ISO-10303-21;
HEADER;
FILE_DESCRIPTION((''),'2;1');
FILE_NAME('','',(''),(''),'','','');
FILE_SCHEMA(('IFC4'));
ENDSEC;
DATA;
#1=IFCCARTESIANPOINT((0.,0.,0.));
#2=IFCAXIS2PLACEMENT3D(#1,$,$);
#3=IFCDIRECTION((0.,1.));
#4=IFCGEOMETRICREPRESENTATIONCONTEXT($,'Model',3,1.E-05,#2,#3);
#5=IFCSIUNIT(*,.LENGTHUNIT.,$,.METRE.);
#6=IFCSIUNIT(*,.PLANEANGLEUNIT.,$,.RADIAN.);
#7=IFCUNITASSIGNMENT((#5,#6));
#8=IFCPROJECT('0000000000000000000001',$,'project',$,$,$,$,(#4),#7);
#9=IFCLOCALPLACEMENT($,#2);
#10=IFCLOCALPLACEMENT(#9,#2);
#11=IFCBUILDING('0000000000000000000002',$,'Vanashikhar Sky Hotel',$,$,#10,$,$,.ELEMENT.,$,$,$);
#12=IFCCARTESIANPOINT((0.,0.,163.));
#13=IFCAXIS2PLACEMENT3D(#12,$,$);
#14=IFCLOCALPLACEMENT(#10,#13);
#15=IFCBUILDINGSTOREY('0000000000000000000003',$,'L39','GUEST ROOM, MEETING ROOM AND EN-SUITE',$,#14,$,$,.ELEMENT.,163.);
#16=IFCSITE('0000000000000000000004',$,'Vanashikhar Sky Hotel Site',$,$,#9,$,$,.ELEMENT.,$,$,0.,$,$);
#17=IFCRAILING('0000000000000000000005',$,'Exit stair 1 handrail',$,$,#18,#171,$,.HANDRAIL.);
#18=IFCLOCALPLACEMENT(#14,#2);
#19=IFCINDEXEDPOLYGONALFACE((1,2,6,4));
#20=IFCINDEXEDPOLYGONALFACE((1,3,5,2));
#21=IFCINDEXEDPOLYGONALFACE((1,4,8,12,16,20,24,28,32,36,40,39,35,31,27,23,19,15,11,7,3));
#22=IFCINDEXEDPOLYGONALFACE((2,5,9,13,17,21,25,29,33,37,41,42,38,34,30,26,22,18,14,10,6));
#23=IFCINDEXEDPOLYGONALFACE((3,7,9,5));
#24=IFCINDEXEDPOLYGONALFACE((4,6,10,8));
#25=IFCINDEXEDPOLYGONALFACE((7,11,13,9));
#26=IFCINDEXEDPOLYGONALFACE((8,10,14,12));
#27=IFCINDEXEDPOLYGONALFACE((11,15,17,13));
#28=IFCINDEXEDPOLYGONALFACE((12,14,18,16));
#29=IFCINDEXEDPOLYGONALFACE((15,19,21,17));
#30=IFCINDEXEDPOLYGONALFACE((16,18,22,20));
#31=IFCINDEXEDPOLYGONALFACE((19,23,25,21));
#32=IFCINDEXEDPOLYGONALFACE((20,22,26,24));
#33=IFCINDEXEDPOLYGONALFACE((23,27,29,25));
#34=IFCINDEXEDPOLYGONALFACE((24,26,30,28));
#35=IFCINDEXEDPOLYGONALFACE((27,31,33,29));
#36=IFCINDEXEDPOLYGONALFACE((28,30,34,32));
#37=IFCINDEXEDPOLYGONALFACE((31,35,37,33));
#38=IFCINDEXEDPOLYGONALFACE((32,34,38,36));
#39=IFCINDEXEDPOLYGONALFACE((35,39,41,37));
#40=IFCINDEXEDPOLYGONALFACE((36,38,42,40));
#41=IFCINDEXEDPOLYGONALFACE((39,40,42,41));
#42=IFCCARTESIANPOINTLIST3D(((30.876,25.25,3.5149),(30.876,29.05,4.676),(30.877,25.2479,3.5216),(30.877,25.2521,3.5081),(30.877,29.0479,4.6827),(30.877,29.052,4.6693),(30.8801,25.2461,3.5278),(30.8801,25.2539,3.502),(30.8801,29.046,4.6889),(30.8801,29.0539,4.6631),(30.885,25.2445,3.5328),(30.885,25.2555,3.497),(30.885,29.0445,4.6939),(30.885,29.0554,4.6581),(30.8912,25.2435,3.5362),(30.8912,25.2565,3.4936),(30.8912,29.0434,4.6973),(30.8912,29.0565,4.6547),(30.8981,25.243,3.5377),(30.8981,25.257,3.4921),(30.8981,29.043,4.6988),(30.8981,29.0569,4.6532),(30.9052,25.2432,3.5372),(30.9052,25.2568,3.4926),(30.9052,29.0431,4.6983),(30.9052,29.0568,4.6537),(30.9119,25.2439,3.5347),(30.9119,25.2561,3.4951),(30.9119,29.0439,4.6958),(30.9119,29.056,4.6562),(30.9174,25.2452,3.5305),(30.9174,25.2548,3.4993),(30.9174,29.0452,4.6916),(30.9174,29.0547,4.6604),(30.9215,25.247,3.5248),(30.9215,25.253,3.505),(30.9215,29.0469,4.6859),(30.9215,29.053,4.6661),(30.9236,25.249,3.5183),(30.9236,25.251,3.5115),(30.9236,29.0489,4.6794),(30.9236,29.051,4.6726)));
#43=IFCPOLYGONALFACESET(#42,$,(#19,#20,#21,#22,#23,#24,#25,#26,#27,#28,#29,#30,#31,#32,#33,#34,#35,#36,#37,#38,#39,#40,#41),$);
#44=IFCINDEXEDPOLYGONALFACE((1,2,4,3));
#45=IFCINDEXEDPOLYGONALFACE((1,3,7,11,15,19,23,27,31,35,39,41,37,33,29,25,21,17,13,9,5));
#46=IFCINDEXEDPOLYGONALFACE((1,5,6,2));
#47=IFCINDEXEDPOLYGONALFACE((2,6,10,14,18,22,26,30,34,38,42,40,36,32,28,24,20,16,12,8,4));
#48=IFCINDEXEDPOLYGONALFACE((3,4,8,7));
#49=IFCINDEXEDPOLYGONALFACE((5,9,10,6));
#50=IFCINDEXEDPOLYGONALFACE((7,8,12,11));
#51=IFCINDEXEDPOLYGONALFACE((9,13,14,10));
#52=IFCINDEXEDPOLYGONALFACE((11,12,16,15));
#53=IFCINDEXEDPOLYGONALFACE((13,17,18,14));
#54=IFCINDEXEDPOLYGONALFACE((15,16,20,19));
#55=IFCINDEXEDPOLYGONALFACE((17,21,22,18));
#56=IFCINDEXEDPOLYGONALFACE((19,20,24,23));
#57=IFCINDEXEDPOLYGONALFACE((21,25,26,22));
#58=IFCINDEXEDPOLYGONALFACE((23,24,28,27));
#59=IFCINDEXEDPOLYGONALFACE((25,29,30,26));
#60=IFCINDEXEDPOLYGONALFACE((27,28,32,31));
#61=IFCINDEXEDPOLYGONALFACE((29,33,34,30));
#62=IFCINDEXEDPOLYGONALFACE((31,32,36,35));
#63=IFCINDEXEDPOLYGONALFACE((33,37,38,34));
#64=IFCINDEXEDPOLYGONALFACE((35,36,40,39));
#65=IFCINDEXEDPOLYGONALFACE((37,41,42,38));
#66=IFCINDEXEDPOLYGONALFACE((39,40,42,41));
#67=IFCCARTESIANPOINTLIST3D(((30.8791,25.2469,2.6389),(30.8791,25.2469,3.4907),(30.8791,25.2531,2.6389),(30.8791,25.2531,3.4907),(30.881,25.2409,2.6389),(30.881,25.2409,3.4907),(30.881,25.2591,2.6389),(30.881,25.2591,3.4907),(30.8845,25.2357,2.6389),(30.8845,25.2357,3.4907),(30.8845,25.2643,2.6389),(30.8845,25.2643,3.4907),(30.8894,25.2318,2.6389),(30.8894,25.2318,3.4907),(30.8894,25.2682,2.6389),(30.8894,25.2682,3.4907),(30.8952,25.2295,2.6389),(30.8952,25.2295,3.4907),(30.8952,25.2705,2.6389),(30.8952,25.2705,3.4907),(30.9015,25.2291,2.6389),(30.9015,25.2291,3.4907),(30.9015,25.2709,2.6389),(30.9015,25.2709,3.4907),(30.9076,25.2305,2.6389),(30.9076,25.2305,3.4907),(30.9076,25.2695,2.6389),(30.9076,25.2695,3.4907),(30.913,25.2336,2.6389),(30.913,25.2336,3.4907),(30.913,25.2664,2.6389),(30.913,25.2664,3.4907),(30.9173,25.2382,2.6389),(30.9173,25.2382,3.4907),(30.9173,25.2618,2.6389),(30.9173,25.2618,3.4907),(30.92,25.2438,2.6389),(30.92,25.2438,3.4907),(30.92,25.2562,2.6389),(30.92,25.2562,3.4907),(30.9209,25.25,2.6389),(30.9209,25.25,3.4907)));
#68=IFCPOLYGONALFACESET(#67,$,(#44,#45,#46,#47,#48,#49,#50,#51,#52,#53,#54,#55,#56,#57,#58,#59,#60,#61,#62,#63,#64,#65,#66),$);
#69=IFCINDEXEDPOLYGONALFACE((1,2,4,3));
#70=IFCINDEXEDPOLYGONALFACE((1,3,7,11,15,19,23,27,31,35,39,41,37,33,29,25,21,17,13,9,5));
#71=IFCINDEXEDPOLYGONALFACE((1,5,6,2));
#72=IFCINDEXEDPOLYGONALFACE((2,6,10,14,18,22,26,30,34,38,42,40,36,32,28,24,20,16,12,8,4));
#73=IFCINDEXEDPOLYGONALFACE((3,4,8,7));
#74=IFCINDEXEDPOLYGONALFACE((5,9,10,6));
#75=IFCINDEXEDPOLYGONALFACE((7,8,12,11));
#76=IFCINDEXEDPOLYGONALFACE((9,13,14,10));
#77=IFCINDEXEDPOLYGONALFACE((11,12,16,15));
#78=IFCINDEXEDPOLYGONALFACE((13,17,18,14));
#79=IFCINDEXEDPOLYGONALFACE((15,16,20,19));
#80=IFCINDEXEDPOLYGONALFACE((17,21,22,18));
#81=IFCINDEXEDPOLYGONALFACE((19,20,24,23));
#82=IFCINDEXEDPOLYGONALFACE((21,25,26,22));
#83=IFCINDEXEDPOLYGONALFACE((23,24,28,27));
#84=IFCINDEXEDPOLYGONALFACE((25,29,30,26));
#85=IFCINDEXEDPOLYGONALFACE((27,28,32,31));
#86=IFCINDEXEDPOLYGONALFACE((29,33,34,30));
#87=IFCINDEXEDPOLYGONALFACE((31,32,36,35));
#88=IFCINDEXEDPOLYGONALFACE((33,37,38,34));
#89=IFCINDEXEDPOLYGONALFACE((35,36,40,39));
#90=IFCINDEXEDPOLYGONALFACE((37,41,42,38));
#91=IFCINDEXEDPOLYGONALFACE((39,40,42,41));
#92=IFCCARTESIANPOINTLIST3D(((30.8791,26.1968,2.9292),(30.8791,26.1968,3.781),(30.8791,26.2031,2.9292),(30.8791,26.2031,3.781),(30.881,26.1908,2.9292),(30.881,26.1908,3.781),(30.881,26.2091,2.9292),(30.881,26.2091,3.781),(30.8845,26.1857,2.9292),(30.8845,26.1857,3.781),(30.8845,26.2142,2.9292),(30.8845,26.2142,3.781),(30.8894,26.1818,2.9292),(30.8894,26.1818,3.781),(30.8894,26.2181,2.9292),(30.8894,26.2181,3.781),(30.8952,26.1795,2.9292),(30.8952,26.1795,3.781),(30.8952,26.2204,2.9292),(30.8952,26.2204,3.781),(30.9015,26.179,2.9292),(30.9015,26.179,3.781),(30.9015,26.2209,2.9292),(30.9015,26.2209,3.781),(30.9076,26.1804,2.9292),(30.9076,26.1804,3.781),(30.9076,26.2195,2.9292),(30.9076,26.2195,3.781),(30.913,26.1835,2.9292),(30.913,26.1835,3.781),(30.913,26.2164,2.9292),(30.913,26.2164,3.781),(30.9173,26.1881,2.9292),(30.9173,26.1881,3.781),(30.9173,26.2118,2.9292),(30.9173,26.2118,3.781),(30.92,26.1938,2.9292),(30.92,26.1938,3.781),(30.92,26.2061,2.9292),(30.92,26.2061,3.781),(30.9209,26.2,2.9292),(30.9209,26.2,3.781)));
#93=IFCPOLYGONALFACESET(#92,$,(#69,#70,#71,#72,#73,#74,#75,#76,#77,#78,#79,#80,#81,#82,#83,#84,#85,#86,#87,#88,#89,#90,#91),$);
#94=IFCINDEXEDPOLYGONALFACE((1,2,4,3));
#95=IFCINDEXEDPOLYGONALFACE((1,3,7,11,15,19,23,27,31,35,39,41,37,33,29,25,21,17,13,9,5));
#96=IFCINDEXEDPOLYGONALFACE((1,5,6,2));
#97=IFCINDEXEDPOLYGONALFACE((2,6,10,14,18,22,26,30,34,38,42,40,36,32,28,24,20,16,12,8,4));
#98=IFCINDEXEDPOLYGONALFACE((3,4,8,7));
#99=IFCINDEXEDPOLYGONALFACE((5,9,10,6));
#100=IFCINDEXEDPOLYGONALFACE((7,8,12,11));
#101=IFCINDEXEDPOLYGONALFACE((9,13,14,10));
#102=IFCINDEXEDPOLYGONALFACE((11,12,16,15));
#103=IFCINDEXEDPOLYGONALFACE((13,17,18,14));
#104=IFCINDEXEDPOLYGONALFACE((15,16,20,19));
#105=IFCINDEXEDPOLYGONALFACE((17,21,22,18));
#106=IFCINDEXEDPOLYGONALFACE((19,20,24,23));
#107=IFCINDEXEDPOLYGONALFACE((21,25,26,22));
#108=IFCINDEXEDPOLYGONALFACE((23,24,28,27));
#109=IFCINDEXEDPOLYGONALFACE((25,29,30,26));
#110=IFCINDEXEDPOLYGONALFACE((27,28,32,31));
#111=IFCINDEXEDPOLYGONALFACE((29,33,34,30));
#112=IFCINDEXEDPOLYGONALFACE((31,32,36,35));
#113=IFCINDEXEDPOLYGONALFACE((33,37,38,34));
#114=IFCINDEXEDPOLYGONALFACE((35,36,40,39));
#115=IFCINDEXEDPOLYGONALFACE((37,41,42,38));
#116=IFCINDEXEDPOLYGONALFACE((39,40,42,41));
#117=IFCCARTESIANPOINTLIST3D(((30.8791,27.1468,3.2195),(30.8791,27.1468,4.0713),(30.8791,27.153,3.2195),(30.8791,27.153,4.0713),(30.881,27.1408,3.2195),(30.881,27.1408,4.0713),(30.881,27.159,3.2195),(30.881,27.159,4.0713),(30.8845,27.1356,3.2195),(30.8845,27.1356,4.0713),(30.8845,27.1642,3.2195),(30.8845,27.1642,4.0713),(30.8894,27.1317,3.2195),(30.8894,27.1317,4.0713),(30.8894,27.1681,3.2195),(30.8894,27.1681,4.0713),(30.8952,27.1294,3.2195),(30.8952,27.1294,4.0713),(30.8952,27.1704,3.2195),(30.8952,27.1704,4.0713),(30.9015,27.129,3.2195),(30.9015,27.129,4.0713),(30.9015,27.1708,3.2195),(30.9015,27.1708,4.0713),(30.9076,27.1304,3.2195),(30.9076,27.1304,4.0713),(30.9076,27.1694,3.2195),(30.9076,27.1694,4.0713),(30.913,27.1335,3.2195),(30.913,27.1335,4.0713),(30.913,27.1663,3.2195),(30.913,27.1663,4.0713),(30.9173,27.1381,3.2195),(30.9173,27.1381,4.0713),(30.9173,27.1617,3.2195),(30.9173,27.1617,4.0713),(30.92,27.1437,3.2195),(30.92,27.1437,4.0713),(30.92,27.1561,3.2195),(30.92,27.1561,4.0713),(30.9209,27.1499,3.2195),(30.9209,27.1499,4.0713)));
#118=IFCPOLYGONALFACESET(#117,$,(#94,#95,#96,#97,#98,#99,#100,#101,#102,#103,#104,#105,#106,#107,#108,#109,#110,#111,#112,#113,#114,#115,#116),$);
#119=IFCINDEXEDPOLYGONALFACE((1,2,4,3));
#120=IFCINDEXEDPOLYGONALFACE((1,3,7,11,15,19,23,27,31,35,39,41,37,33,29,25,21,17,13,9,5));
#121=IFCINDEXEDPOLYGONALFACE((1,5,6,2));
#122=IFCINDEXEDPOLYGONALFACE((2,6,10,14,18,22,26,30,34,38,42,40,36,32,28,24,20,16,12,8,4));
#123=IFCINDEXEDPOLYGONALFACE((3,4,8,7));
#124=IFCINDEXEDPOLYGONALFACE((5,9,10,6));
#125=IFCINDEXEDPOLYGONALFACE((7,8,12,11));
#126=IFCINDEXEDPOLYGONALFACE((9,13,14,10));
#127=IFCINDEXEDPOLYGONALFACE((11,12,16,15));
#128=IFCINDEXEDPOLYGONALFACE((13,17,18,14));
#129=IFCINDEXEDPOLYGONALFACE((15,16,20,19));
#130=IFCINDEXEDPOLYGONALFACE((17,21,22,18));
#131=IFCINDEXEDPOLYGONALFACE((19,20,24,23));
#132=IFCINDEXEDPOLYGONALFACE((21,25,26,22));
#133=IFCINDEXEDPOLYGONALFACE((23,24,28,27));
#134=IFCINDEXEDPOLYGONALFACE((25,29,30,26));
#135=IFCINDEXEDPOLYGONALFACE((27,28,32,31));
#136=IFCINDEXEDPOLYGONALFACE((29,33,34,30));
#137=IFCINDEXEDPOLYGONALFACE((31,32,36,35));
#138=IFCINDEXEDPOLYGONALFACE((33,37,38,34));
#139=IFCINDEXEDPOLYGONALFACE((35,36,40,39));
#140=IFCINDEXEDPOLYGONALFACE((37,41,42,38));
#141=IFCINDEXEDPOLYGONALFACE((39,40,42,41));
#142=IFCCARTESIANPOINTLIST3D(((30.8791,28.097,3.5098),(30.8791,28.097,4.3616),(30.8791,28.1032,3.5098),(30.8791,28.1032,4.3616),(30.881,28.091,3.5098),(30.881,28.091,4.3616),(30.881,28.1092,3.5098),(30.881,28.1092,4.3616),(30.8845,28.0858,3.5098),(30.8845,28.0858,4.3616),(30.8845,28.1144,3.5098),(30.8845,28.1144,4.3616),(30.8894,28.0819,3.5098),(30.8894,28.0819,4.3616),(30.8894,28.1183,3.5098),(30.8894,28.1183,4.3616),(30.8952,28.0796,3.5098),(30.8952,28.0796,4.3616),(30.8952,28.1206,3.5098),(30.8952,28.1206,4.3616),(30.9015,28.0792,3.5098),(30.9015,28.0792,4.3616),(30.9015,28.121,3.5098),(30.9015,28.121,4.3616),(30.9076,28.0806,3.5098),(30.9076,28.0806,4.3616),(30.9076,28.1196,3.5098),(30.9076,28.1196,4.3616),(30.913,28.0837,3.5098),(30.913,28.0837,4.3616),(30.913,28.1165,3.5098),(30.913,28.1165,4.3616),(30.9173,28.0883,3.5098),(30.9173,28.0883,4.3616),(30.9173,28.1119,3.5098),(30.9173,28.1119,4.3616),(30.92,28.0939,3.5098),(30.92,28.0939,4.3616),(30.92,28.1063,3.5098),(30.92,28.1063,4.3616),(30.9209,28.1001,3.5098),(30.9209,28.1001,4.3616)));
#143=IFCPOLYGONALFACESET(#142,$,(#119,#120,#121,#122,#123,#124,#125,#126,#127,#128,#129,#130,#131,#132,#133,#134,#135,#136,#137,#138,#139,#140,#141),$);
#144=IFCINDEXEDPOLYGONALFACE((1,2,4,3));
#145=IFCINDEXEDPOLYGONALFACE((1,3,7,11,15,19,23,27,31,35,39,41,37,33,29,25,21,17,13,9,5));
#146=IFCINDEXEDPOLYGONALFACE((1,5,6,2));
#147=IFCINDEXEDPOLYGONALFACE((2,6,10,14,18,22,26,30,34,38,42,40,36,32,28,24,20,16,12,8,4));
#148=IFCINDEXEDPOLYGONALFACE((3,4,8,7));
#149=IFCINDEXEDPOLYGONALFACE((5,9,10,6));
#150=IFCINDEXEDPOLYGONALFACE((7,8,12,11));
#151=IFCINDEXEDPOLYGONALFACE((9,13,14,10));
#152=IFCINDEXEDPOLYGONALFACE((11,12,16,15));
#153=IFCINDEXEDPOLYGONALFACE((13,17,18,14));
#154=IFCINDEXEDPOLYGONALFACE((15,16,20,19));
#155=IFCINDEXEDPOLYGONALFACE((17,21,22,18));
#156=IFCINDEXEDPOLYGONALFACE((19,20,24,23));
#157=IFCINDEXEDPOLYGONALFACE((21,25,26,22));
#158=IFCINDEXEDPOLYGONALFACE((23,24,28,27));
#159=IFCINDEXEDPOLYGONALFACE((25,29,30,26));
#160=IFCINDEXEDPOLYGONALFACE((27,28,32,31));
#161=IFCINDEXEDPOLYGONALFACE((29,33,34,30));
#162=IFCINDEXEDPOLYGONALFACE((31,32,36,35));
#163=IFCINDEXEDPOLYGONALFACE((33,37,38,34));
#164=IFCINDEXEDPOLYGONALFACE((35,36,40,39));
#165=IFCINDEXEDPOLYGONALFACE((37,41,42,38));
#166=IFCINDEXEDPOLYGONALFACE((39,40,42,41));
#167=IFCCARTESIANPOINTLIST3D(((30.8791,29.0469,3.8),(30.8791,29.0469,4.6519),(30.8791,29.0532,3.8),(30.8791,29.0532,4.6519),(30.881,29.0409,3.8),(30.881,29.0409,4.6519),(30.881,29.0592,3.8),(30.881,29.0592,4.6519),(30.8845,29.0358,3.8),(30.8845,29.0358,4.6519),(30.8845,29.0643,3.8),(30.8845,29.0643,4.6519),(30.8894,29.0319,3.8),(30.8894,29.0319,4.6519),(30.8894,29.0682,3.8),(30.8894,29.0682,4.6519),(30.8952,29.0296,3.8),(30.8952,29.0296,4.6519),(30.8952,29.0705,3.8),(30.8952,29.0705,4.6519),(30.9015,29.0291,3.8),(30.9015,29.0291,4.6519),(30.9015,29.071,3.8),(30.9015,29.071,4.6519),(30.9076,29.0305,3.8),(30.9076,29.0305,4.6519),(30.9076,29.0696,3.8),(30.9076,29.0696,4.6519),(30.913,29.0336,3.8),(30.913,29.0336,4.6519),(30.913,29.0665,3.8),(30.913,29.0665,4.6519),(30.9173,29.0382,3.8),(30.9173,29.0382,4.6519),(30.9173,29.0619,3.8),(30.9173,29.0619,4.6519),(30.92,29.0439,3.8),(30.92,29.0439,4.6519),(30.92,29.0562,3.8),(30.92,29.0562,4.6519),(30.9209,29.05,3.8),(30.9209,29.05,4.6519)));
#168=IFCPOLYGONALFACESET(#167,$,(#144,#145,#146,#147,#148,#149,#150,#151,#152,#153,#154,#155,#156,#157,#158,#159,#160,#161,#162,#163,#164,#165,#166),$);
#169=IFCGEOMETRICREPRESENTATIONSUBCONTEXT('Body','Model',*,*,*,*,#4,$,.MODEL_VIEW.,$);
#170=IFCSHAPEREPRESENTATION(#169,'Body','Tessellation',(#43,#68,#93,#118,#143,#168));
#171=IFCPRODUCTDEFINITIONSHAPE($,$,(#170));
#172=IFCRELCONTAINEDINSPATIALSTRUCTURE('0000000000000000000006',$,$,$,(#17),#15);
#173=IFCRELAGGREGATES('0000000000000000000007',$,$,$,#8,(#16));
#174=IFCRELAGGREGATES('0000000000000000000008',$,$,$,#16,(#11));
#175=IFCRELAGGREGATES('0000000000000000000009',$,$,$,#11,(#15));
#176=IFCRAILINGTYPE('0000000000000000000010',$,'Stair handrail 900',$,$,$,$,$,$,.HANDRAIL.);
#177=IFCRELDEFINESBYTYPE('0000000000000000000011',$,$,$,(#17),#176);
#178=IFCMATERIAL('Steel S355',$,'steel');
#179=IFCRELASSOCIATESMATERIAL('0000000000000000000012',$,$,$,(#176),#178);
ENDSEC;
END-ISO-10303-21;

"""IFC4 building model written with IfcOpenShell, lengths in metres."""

from ifc_helpers import new_model, si_unit, direction, frame, origin, origin_2d, place, context, subcontext, project, spatial, circle, extrude, source, transform, mapped, material, type_object, element, save


model = new_model("IFC4")

# Units and contexts
model_context = context("Model", 3, precision=1e-05, world=origin(), true_north=direction((0.0, 1.0)))
body_context = subcontext(model_context, "Body", "Model", "MODEL_VIEW")
ifc_project = project(units=[si_unit("LENGTHUNIT", "METRE"), si_unit("PLANEANGLEUNIT", "RADIAN")], contexts=[model_context])

# Site, building, storey
site_placement = place(None, origin())
site = spatial("IfcSite", under=ifc_project, at=site_placement, Name="Vanashikhar Sky Hotel Site", CompositionType="ELEMENT", RefElevation=0.0)
building_placement = place(site_placement, origin())
building = spatial("IfcBuilding", under=site, at=building_placement, Name="Vanashikhar Sky Hotel", CompositionType="ELEMENT")
storey_placement = place(building_placement, frame((0.0, 0.0, 163.0)))
storey = spatial("IfcBuildingStorey", under=building, at=storey_placement, Name="L39", Description="GUEST ROOM, MEETING ROOM AND EN-SUITE", CompositionType="ELEMENT", Elevation=163.0)

# Railing
ifc_material_1 = material(Name="Steel S355", Category="steel")
railing_type_1 = type_object("IfcRailingType", Name="Stair handrail 900", PredefinedType="HANDRAIL", material=ifc_material_1)
shared_shape_1 = source(origin(), body_context, "Body", "SweptSolid", [
    extrude(circle(Radius=0.0239, at=origin_2d()), frame((0.0, 0.0, 0.876), z_axis=(0.0, 0.956351, 0.29222), x_axis=(-1.0, 0.0, 0.0)), (0.0, 0.0, 1.0), 3.9734),
    extrude(circle(Radius=0.021, at=origin_2d()), origin(), (0.0, 0.0, 1.0), 0.8518),
    extrude(circle(Radius=0.021, at=origin_2d()), frame((0.0, 0.95, 0.2903)), (0.0, 0.0, 1.0), 0.8518),
    extrude(circle(Radius=0.021, at=origin_2d()), frame((0.0, 1.8999, 0.5806)), (0.0, 0.0, 1.0), 0.8518),
    extrude(circle(Radius=0.021, at=origin_2d()), frame((0.0, 2.8501, 0.8708)), (0.0, 0.0, 1.0), 0.8518),
    extrude(circle(Radius=0.021, at=origin_2d()), frame((0.0, 3.8, 1.1611)), (0.0, 0.0, 1.0), 0.8518),
])
for number, where, name in (
    (1, (30.8999, 25.25, 2.6389), "Exit stair 1 handrail"),
):
    element("IfcRailing", number, at=place(storey_placement, frame(where)), inside=storey, type_object=railing_type_1, Name=name, PredefinedType="HANDRAIL", context=body_context, shape_type="MappedRepresentation", body=[
        mapped(shared_shape_1, transform((0.0, 0.0, 0.0), scale=1.0)),
    ])

save(model, "model.ifc")
